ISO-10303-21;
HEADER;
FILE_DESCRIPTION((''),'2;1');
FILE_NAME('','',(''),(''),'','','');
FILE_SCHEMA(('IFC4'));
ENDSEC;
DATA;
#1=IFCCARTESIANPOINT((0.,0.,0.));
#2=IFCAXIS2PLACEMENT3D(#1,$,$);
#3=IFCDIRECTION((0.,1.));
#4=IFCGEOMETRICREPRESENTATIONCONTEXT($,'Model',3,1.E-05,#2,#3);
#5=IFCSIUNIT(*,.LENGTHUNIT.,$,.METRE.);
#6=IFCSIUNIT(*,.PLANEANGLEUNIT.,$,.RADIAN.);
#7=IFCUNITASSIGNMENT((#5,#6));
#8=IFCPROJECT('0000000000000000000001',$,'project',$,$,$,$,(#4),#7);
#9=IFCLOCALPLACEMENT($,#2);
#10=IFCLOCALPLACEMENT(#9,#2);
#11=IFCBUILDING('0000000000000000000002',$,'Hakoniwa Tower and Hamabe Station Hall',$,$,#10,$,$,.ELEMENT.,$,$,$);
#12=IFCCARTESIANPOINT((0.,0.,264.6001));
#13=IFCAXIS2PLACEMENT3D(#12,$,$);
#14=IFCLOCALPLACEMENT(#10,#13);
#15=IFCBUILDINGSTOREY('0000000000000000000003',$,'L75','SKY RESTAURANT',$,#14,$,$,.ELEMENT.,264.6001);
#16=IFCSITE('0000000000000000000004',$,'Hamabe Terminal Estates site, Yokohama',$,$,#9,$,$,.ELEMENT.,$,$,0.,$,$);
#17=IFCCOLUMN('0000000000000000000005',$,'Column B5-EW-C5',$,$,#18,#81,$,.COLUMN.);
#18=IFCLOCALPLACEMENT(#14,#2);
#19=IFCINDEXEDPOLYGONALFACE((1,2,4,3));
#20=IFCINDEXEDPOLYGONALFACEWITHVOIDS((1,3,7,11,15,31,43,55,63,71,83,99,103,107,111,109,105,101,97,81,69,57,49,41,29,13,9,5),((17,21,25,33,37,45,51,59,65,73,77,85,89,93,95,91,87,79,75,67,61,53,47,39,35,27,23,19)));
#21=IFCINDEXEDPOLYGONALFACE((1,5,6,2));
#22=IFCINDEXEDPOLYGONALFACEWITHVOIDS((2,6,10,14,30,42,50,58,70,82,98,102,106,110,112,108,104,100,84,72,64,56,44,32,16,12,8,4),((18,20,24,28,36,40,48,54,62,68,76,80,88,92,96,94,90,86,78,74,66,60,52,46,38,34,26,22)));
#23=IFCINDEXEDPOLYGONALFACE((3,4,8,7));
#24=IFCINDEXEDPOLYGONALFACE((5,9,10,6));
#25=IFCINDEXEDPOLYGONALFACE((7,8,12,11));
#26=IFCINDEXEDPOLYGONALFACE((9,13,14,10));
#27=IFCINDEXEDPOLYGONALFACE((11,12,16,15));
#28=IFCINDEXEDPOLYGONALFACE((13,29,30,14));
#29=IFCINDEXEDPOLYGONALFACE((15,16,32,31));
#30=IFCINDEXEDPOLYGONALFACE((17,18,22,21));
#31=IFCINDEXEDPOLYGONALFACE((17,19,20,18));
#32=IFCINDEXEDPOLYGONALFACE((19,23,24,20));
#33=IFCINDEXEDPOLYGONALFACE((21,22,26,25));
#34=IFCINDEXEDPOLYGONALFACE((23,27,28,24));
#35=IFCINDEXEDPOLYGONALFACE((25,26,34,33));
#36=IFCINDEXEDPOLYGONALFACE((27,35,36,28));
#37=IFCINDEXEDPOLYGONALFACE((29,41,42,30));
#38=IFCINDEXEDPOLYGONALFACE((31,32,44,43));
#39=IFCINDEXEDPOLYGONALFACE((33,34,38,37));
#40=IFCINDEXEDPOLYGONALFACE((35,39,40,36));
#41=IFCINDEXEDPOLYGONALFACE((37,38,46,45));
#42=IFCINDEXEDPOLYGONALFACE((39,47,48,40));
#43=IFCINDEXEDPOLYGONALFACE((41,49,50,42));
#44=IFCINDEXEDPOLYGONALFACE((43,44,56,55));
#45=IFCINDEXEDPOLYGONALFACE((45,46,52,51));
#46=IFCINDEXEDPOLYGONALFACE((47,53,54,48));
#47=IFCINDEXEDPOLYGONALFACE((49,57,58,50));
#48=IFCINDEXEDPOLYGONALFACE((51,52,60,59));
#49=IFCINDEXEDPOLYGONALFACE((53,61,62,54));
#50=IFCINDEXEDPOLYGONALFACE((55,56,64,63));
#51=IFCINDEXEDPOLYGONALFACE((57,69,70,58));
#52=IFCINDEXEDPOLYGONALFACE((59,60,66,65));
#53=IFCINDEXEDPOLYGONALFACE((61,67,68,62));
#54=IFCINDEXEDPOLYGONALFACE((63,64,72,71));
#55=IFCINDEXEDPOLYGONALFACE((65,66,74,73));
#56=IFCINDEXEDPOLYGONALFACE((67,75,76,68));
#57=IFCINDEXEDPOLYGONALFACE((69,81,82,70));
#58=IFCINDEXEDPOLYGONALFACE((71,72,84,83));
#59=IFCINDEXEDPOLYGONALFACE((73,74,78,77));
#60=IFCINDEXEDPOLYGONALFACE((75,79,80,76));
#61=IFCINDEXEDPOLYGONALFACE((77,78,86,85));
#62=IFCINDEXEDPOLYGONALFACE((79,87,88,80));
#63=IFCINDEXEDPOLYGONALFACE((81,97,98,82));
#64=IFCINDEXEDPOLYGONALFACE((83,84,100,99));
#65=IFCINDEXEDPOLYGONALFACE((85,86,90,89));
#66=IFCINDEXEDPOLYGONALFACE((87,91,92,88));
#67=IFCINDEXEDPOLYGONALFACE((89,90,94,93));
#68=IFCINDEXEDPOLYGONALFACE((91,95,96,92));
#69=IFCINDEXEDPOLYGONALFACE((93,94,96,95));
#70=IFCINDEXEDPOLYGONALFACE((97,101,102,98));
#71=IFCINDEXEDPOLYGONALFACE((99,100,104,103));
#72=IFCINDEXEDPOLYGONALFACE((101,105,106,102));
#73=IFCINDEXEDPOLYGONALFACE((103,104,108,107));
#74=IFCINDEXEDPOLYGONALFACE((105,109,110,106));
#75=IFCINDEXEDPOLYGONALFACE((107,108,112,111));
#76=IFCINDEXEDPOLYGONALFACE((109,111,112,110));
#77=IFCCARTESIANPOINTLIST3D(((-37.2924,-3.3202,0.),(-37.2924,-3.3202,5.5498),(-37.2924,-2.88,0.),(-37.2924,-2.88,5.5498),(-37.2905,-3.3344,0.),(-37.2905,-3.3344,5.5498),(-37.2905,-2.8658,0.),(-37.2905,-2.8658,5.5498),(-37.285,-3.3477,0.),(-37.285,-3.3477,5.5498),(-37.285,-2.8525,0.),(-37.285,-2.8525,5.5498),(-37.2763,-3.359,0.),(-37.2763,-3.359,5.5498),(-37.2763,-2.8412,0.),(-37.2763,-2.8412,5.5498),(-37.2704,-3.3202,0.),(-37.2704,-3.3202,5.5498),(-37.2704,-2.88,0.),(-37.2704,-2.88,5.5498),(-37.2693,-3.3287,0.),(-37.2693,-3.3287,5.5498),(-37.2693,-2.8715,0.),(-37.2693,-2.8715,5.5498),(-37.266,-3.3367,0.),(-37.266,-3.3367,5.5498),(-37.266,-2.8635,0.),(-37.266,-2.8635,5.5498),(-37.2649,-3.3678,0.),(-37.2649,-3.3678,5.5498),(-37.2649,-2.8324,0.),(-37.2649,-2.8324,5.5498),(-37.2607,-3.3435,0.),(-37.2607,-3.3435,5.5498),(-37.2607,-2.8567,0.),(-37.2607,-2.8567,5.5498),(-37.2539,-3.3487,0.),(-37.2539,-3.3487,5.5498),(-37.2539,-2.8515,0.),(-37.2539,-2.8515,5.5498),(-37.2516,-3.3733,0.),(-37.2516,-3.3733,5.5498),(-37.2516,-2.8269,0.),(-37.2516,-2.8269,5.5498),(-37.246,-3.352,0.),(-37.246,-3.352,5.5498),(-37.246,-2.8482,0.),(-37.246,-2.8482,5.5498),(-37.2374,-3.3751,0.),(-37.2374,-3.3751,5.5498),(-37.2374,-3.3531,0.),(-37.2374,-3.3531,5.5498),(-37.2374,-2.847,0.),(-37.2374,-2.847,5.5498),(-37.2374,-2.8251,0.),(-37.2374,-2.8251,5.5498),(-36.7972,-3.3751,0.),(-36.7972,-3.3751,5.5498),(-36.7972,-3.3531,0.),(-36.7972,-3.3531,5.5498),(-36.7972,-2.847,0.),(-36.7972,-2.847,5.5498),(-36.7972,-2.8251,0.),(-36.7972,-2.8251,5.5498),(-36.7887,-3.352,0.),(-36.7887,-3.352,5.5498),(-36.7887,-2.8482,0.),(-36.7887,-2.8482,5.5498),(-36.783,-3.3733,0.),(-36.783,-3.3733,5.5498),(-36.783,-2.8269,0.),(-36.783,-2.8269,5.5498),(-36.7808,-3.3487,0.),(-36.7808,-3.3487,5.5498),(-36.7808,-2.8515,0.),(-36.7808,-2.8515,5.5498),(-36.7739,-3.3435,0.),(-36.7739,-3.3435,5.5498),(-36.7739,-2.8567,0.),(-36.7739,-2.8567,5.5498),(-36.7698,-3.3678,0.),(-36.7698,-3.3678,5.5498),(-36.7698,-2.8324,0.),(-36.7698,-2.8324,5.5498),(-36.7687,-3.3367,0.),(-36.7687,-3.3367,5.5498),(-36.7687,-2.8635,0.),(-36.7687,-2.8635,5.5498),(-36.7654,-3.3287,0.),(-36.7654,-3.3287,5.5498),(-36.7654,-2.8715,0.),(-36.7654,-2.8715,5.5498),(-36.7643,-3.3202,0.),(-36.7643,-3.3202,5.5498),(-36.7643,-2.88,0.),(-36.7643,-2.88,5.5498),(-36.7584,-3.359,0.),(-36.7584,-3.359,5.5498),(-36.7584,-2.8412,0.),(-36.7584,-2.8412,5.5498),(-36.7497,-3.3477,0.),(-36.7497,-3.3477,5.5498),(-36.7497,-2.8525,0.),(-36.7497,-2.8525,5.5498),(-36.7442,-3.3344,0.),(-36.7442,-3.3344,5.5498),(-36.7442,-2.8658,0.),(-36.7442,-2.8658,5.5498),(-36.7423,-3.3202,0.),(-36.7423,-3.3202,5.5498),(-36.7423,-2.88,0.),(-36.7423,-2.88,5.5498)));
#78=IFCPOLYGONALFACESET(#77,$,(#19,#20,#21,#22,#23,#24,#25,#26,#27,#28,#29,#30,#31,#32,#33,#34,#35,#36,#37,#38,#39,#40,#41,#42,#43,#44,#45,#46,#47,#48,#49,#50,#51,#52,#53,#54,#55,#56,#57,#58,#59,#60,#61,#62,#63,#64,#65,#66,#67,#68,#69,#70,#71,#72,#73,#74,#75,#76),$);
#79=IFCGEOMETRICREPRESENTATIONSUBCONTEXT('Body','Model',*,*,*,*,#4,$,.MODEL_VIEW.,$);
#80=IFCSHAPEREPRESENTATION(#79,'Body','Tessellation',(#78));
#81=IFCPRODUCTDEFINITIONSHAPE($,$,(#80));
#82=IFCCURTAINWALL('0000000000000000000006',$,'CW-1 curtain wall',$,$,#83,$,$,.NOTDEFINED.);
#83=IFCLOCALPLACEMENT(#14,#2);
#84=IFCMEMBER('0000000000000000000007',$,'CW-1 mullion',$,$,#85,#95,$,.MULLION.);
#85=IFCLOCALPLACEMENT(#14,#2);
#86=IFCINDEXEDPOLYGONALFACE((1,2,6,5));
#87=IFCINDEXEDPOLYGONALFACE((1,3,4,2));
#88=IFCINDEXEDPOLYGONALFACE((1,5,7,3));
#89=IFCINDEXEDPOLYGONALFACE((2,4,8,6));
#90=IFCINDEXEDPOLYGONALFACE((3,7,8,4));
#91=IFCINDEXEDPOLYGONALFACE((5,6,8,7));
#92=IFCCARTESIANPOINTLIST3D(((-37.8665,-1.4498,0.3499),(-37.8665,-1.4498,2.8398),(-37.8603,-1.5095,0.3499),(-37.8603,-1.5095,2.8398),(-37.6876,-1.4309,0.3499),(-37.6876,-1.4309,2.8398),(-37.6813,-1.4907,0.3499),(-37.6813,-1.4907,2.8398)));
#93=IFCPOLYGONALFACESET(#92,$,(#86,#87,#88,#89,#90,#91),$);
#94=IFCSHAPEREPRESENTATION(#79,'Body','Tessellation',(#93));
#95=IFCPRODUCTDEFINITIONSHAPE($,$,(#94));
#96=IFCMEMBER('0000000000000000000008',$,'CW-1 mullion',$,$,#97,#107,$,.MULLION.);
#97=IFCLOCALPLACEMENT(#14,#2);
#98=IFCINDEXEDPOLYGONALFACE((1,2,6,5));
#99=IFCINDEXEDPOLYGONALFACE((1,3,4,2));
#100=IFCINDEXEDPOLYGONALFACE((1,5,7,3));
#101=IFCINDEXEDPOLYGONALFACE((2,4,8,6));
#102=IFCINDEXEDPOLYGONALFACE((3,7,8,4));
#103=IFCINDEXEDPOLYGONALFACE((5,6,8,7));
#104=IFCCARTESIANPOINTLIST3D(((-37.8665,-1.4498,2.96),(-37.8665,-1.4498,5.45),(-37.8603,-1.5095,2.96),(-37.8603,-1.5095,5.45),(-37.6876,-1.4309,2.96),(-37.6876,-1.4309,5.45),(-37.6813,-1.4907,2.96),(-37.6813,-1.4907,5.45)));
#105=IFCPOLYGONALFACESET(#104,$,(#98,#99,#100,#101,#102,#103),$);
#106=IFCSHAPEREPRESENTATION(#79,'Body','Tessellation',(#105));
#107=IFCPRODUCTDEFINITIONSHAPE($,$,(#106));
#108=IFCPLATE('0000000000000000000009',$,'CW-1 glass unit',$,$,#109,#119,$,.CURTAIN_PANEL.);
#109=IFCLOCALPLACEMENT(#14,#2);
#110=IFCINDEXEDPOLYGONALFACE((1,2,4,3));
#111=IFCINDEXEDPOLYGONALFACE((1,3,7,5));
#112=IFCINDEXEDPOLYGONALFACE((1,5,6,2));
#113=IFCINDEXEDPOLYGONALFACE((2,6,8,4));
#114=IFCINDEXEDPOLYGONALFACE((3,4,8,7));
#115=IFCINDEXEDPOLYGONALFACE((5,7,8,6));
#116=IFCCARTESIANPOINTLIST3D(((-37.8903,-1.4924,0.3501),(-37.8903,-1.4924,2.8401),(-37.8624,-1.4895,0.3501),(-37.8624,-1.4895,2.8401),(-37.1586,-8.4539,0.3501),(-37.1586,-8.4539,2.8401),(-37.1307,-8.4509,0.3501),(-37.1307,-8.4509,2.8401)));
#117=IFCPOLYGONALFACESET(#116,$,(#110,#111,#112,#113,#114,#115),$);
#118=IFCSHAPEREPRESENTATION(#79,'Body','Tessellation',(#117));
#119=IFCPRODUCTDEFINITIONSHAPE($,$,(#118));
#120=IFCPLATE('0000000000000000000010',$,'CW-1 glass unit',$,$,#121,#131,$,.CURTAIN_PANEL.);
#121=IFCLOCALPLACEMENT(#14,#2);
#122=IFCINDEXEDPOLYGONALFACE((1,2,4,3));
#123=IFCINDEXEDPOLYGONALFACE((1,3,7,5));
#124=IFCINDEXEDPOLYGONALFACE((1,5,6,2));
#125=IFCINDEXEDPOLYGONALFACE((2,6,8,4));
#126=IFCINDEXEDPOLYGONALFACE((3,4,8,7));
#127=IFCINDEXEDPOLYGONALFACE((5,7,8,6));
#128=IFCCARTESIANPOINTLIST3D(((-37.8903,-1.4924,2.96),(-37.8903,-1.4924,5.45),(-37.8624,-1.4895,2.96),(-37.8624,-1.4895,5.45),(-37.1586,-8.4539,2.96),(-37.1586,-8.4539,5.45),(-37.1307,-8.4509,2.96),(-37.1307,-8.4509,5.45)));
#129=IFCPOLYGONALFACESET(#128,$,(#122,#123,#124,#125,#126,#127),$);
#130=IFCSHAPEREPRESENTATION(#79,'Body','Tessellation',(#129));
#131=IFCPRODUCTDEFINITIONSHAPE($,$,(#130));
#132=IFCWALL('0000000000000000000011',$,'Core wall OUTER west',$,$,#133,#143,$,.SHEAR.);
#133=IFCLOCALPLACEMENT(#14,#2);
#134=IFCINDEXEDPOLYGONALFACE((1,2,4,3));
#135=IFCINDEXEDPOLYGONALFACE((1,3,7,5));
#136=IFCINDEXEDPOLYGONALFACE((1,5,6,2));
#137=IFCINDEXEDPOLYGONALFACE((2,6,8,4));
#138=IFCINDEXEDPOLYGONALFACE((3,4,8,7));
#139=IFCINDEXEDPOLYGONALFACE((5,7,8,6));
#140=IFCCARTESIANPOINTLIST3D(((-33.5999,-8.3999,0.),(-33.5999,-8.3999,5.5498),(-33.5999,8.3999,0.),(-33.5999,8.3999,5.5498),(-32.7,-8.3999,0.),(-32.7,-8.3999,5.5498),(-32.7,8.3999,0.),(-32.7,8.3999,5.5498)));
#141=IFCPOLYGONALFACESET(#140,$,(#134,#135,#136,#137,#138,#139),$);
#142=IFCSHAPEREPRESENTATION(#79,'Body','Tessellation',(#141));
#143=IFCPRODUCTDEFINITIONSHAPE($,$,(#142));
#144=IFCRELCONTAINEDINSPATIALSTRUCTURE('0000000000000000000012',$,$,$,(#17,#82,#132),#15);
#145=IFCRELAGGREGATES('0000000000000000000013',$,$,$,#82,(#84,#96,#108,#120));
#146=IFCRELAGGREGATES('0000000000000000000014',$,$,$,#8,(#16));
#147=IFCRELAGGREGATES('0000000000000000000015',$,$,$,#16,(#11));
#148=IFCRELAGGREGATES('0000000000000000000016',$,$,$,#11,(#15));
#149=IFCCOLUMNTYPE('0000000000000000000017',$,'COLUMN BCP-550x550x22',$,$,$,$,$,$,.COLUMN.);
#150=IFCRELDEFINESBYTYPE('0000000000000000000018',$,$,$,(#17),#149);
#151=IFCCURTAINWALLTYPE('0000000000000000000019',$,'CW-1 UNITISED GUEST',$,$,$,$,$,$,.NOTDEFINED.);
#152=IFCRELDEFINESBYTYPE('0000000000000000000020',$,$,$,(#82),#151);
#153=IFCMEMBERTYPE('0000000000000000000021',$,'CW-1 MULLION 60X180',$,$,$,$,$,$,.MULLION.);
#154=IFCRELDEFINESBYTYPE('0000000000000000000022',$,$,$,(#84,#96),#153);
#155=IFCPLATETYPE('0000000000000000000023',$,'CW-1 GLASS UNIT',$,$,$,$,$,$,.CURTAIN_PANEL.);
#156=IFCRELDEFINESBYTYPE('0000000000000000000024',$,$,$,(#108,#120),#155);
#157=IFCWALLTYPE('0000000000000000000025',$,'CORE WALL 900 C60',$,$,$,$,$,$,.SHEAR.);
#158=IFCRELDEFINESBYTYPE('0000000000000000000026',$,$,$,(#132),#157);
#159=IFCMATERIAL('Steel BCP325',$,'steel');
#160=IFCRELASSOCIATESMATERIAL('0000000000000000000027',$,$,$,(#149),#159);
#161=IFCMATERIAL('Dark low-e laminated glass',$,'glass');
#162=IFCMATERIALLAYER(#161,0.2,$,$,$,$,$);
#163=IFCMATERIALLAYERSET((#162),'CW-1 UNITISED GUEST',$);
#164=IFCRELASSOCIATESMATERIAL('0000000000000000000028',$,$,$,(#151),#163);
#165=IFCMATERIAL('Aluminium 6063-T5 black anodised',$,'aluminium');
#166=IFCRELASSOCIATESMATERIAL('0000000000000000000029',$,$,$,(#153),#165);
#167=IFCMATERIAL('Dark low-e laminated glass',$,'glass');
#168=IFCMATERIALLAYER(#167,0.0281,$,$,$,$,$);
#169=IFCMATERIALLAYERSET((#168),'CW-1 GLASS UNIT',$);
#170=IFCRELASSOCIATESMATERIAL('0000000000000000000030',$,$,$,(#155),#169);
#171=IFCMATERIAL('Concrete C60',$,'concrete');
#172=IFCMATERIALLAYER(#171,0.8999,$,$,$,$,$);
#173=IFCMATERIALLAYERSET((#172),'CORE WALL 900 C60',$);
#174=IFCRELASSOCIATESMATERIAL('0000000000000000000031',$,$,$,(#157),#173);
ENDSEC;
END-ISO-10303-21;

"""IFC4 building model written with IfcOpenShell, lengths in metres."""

from ifc_helpers import new_model, si_unit, direction, frame, frame_2d, origin, origin_2d, place, context, subcontext, project, spatial, rectangle, hollow_rectangle, extrude, material, layer, layer_set, material_profile, profile_set, type_object, element, aggregate, save


model = new_model("IFC4")

# Units and contexts
model_context = context("Model", 3, precision=1e-05, world=origin(), true_north=direction((0.0, 1.0)))
body_context = subcontext(model_context, "Body", "Model", "MODEL_VIEW")
ifc_project = project(units=[si_unit("LENGTHUNIT", "METRE"), si_unit("PLANEANGLEUNIT", "RADIAN")], contexts=[model_context])

# Site, building, storey
site_placement = place(None, origin())
site = spatial("IfcSite", under=ifc_project, at=site_placement, Name="Hamabe Terminal Estates site, Yokohama", CompositionType="ELEMENT", RefElevation=0.0)
building_placement = place(site_placement, origin())
building = spatial("IfcBuilding", under=site, at=building_placement, Name="Hakoniwa Tower and Hamabe Station Hall", CompositionType="ELEMENT")
storey_placement = place(building_placement, frame((0.0, 0.0, 264.6001)))
storey = spatial("IfcBuildingStorey", under=building, at=storey_placement, Name="L75", Description="SKY RESTAURANT", CompositionType="ELEMENT", Elevation=264.6001)

# Column
ifc_material_1 = material(Name="Steel BCP325", Category="steel")
ifc_material_profile_1 = material_profile(ifc_material_1, hollow_rectangle(XDim=0.55, YDim=0.55, WallThickness=0.022, InnerFilletRadius=0.033, OuterFilletRadius=0.0549, at=origin_2d()), Name="BCP-550x550x22")
ifc_profile_set_1 = profile_set([ifc_material_profile_1], Name="Steel BCP325")
column_type = type_object("IfcColumnType", Name="COLUMN BCP-550x550x22", PredefinedType="COLUMN", material=ifc_profile_set_1)
column_placement = place(storey_placement, frame((-37.0173, -3.1001, 0.0), z_axis=(0.0, 0.0, 1.0), x_axis=(1.0, 0.0, 0.0)))
element("IfcColumn", 1, at=column_placement, inside=storey, type_object=column_type, Name="Column B5-EW-C5", PredefinedType="COLUMN", context=body_context, shape_type="SweptSolid", body=[
    extrude(hollow_rectangle(XDim=0.55, YDim=0.55, WallThickness=0.022, InnerFilletRadius=0.033, OuterFilletRadius=0.0549, at=origin_2d()), origin(), (0.0, 0.0, 1.0), 5.5498),
])

# Curtain wall, members, plates
ifc_material_2 = material(Name="Dark low-e laminated glass", Category="glass")
ifc_layer_1 = layer(ifc_material_2, 0.2)
ifc_layer_set_1 = layer_set([ifc_layer_1], Name="CW-1 UNITISED GUEST")
curtain_wall_type = type_object("IfcCurtainWallType", Name="CW-1 UNITISED GUEST", PredefinedType="NOTDEFINED", material=ifc_layer_set_1)
curtain_wall_placement = place(storey_placement, origin())
curtain_wall = element("IfcCurtainWall", 2, at=curtain_wall_placement, inside=storey, type_object=curtain_wall_type, Name="CW-1 curtain wall", PredefinedType="NOTDEFINED")
ifc_material_3 = material(Name="Aluminium 6063-T5 black anodised", Category="aluminium")
ifc_material_profile_2 = material_profile(ifc_material_3, rectangle(XDim=0.0601, YDim=0.1799, at=origin_2d()), Name="CW-1 MULLION 60X180")
ifc_profile_set_2 = profile_set([ifc_material_profile_2], Name="Aluminium 6063-T5 black anodised")
member_type = type_object("IfcMemberType", Name="CW-1 MULLION 60X180", PredefinedType="MULLION", material=ifc_profile_set_2)
member_1_placement = place(storey_placement, frame((-37.7739, -1.4702, 0.3499), z_axis=(0.0, 0.0, 1.0), x_axis=(0.104528, -0.994522, 0.0)))
member_1 = element("IfcMember", 3, at=member_1_placement, type_object=member_type, Name="CW-1 mullion", PredefinedType="MULLION", context=body_context, shape_type="SweptSolid", body=[
    extrude(rectangle(XDim=0.0601, YDim=0.1799, at=origin_2d()), origin(), (0.0, 0.0, 1.0), 2.49),
])
member_2_placement = place(storey_placement, frame((-37.7739, -1.4702, 2.96), z_axis=(0.0, 0.0, 1.0), x_axis=(0.104528, -0.994522, 0.0)))
member_2 = element("IfcMember", 4, at=member_2_placement, type_object=member_type, Name="CW-1 mullion", PredefinedType="MULLION", context=body_context, shape_type="SweptSolid", body=[
    extrude(rectangle(XDim=0.0601, YDim=0.1799, at=origin_2d()), origin(), (0.0, 0.0, 1.0), 2.49),
])
ifc_material_4 = material(Name="Dark low-e laminated glass", Category="glass")
ifc_layer_2 = layer(ifc_material_4, 0.0281)
ifc_layer_set_2 = layer_set([ifc_layer_2], Name="CW-1 GLASS UNIT")
plate_type = type_object("IfcPlateType", Name="CW-1 GLASS UNIT", PredefinedType="CURTAIN_PANEL", material=ifc_layer_set_2)
plate_1_placement = place(storey_placement, frame((-37.5105, -4.9717, 0.3501), z_axis=(0.0, 0.0, 1.0), x_axis=(0.104528, -0.994522, 0.0)))
plate_1 = element("IfcPlate", 5, at=plate_1_placement, type_object=plate_type, Name="CW-1 glass unit", PredefinedType="CURTAIN_PANEL", context=body_context, shape_type="SweptSolid", body=[
    extrude(rectangle(XDim=6.9998, YDim=0.0281, at=origin_2d()), origin(), (0.0, 0.0, 1.0), 2.49),
])
plate_2_placement = place(storey_placement, frame((-37.5105, -4.9717, 2.96), z_axis=(0.0, 0.0, 1.0), x_axis=(0.104528, -0.994522, 0.0)))
plate_2 = element("IfcPlate", 6, at=plate_2_placement, type_object=plate_type, Name="CW-1 glass unit", PredefinedType="CURTAIN_PANEL", context=body_context, shape_type="SweptSolid", body=[
    extrude(rectangle(XDim=6.9998, YDim=0.0281, at=origin_2d()), origin(), (0.0, 0.0, 1.0), 2.49),
])
aggregate(curtain_wall, [member_1, member_2, plate_1, plate_2])

# Wall
ifc_material_5 = material(Name="Concrete C60", Category="concrete")
ifc_layer_3 = layer(ifc_material_5, 0.8999)
ifc_layer_set_3 = layer_set([ifc_layer_3], Name="CORE WALL 900 C60")
wall_type_1 = type_object("IfcWallType", Name="CORE WALL 900 C60", PredefinedType="SHEAR", material=ifc_layer_set_3)
wall_1_placement = place(storey_placement, frame((-33.1499, -8.3999, 0.0), z_axis=(0.0, 0.0, 1.0), x_axis=(0.0, 1.0, 0.0)))
element("IfcWall", 7, at=wall_1_placement, inside=storey, type_object=wall_type_1, Name="Core wall OUTER west", PredefinedType="SHEAR", context=body_context, shape_type="SweptSolid", body=[
    extrude(rectangle(XDim=16.7998, YDim=0.8999, at=frame_2d((8.3999, 0.0))), origin(), (0.0, 0.0, 1.0), 5.5498),
])

save(model, "model.ifc")
